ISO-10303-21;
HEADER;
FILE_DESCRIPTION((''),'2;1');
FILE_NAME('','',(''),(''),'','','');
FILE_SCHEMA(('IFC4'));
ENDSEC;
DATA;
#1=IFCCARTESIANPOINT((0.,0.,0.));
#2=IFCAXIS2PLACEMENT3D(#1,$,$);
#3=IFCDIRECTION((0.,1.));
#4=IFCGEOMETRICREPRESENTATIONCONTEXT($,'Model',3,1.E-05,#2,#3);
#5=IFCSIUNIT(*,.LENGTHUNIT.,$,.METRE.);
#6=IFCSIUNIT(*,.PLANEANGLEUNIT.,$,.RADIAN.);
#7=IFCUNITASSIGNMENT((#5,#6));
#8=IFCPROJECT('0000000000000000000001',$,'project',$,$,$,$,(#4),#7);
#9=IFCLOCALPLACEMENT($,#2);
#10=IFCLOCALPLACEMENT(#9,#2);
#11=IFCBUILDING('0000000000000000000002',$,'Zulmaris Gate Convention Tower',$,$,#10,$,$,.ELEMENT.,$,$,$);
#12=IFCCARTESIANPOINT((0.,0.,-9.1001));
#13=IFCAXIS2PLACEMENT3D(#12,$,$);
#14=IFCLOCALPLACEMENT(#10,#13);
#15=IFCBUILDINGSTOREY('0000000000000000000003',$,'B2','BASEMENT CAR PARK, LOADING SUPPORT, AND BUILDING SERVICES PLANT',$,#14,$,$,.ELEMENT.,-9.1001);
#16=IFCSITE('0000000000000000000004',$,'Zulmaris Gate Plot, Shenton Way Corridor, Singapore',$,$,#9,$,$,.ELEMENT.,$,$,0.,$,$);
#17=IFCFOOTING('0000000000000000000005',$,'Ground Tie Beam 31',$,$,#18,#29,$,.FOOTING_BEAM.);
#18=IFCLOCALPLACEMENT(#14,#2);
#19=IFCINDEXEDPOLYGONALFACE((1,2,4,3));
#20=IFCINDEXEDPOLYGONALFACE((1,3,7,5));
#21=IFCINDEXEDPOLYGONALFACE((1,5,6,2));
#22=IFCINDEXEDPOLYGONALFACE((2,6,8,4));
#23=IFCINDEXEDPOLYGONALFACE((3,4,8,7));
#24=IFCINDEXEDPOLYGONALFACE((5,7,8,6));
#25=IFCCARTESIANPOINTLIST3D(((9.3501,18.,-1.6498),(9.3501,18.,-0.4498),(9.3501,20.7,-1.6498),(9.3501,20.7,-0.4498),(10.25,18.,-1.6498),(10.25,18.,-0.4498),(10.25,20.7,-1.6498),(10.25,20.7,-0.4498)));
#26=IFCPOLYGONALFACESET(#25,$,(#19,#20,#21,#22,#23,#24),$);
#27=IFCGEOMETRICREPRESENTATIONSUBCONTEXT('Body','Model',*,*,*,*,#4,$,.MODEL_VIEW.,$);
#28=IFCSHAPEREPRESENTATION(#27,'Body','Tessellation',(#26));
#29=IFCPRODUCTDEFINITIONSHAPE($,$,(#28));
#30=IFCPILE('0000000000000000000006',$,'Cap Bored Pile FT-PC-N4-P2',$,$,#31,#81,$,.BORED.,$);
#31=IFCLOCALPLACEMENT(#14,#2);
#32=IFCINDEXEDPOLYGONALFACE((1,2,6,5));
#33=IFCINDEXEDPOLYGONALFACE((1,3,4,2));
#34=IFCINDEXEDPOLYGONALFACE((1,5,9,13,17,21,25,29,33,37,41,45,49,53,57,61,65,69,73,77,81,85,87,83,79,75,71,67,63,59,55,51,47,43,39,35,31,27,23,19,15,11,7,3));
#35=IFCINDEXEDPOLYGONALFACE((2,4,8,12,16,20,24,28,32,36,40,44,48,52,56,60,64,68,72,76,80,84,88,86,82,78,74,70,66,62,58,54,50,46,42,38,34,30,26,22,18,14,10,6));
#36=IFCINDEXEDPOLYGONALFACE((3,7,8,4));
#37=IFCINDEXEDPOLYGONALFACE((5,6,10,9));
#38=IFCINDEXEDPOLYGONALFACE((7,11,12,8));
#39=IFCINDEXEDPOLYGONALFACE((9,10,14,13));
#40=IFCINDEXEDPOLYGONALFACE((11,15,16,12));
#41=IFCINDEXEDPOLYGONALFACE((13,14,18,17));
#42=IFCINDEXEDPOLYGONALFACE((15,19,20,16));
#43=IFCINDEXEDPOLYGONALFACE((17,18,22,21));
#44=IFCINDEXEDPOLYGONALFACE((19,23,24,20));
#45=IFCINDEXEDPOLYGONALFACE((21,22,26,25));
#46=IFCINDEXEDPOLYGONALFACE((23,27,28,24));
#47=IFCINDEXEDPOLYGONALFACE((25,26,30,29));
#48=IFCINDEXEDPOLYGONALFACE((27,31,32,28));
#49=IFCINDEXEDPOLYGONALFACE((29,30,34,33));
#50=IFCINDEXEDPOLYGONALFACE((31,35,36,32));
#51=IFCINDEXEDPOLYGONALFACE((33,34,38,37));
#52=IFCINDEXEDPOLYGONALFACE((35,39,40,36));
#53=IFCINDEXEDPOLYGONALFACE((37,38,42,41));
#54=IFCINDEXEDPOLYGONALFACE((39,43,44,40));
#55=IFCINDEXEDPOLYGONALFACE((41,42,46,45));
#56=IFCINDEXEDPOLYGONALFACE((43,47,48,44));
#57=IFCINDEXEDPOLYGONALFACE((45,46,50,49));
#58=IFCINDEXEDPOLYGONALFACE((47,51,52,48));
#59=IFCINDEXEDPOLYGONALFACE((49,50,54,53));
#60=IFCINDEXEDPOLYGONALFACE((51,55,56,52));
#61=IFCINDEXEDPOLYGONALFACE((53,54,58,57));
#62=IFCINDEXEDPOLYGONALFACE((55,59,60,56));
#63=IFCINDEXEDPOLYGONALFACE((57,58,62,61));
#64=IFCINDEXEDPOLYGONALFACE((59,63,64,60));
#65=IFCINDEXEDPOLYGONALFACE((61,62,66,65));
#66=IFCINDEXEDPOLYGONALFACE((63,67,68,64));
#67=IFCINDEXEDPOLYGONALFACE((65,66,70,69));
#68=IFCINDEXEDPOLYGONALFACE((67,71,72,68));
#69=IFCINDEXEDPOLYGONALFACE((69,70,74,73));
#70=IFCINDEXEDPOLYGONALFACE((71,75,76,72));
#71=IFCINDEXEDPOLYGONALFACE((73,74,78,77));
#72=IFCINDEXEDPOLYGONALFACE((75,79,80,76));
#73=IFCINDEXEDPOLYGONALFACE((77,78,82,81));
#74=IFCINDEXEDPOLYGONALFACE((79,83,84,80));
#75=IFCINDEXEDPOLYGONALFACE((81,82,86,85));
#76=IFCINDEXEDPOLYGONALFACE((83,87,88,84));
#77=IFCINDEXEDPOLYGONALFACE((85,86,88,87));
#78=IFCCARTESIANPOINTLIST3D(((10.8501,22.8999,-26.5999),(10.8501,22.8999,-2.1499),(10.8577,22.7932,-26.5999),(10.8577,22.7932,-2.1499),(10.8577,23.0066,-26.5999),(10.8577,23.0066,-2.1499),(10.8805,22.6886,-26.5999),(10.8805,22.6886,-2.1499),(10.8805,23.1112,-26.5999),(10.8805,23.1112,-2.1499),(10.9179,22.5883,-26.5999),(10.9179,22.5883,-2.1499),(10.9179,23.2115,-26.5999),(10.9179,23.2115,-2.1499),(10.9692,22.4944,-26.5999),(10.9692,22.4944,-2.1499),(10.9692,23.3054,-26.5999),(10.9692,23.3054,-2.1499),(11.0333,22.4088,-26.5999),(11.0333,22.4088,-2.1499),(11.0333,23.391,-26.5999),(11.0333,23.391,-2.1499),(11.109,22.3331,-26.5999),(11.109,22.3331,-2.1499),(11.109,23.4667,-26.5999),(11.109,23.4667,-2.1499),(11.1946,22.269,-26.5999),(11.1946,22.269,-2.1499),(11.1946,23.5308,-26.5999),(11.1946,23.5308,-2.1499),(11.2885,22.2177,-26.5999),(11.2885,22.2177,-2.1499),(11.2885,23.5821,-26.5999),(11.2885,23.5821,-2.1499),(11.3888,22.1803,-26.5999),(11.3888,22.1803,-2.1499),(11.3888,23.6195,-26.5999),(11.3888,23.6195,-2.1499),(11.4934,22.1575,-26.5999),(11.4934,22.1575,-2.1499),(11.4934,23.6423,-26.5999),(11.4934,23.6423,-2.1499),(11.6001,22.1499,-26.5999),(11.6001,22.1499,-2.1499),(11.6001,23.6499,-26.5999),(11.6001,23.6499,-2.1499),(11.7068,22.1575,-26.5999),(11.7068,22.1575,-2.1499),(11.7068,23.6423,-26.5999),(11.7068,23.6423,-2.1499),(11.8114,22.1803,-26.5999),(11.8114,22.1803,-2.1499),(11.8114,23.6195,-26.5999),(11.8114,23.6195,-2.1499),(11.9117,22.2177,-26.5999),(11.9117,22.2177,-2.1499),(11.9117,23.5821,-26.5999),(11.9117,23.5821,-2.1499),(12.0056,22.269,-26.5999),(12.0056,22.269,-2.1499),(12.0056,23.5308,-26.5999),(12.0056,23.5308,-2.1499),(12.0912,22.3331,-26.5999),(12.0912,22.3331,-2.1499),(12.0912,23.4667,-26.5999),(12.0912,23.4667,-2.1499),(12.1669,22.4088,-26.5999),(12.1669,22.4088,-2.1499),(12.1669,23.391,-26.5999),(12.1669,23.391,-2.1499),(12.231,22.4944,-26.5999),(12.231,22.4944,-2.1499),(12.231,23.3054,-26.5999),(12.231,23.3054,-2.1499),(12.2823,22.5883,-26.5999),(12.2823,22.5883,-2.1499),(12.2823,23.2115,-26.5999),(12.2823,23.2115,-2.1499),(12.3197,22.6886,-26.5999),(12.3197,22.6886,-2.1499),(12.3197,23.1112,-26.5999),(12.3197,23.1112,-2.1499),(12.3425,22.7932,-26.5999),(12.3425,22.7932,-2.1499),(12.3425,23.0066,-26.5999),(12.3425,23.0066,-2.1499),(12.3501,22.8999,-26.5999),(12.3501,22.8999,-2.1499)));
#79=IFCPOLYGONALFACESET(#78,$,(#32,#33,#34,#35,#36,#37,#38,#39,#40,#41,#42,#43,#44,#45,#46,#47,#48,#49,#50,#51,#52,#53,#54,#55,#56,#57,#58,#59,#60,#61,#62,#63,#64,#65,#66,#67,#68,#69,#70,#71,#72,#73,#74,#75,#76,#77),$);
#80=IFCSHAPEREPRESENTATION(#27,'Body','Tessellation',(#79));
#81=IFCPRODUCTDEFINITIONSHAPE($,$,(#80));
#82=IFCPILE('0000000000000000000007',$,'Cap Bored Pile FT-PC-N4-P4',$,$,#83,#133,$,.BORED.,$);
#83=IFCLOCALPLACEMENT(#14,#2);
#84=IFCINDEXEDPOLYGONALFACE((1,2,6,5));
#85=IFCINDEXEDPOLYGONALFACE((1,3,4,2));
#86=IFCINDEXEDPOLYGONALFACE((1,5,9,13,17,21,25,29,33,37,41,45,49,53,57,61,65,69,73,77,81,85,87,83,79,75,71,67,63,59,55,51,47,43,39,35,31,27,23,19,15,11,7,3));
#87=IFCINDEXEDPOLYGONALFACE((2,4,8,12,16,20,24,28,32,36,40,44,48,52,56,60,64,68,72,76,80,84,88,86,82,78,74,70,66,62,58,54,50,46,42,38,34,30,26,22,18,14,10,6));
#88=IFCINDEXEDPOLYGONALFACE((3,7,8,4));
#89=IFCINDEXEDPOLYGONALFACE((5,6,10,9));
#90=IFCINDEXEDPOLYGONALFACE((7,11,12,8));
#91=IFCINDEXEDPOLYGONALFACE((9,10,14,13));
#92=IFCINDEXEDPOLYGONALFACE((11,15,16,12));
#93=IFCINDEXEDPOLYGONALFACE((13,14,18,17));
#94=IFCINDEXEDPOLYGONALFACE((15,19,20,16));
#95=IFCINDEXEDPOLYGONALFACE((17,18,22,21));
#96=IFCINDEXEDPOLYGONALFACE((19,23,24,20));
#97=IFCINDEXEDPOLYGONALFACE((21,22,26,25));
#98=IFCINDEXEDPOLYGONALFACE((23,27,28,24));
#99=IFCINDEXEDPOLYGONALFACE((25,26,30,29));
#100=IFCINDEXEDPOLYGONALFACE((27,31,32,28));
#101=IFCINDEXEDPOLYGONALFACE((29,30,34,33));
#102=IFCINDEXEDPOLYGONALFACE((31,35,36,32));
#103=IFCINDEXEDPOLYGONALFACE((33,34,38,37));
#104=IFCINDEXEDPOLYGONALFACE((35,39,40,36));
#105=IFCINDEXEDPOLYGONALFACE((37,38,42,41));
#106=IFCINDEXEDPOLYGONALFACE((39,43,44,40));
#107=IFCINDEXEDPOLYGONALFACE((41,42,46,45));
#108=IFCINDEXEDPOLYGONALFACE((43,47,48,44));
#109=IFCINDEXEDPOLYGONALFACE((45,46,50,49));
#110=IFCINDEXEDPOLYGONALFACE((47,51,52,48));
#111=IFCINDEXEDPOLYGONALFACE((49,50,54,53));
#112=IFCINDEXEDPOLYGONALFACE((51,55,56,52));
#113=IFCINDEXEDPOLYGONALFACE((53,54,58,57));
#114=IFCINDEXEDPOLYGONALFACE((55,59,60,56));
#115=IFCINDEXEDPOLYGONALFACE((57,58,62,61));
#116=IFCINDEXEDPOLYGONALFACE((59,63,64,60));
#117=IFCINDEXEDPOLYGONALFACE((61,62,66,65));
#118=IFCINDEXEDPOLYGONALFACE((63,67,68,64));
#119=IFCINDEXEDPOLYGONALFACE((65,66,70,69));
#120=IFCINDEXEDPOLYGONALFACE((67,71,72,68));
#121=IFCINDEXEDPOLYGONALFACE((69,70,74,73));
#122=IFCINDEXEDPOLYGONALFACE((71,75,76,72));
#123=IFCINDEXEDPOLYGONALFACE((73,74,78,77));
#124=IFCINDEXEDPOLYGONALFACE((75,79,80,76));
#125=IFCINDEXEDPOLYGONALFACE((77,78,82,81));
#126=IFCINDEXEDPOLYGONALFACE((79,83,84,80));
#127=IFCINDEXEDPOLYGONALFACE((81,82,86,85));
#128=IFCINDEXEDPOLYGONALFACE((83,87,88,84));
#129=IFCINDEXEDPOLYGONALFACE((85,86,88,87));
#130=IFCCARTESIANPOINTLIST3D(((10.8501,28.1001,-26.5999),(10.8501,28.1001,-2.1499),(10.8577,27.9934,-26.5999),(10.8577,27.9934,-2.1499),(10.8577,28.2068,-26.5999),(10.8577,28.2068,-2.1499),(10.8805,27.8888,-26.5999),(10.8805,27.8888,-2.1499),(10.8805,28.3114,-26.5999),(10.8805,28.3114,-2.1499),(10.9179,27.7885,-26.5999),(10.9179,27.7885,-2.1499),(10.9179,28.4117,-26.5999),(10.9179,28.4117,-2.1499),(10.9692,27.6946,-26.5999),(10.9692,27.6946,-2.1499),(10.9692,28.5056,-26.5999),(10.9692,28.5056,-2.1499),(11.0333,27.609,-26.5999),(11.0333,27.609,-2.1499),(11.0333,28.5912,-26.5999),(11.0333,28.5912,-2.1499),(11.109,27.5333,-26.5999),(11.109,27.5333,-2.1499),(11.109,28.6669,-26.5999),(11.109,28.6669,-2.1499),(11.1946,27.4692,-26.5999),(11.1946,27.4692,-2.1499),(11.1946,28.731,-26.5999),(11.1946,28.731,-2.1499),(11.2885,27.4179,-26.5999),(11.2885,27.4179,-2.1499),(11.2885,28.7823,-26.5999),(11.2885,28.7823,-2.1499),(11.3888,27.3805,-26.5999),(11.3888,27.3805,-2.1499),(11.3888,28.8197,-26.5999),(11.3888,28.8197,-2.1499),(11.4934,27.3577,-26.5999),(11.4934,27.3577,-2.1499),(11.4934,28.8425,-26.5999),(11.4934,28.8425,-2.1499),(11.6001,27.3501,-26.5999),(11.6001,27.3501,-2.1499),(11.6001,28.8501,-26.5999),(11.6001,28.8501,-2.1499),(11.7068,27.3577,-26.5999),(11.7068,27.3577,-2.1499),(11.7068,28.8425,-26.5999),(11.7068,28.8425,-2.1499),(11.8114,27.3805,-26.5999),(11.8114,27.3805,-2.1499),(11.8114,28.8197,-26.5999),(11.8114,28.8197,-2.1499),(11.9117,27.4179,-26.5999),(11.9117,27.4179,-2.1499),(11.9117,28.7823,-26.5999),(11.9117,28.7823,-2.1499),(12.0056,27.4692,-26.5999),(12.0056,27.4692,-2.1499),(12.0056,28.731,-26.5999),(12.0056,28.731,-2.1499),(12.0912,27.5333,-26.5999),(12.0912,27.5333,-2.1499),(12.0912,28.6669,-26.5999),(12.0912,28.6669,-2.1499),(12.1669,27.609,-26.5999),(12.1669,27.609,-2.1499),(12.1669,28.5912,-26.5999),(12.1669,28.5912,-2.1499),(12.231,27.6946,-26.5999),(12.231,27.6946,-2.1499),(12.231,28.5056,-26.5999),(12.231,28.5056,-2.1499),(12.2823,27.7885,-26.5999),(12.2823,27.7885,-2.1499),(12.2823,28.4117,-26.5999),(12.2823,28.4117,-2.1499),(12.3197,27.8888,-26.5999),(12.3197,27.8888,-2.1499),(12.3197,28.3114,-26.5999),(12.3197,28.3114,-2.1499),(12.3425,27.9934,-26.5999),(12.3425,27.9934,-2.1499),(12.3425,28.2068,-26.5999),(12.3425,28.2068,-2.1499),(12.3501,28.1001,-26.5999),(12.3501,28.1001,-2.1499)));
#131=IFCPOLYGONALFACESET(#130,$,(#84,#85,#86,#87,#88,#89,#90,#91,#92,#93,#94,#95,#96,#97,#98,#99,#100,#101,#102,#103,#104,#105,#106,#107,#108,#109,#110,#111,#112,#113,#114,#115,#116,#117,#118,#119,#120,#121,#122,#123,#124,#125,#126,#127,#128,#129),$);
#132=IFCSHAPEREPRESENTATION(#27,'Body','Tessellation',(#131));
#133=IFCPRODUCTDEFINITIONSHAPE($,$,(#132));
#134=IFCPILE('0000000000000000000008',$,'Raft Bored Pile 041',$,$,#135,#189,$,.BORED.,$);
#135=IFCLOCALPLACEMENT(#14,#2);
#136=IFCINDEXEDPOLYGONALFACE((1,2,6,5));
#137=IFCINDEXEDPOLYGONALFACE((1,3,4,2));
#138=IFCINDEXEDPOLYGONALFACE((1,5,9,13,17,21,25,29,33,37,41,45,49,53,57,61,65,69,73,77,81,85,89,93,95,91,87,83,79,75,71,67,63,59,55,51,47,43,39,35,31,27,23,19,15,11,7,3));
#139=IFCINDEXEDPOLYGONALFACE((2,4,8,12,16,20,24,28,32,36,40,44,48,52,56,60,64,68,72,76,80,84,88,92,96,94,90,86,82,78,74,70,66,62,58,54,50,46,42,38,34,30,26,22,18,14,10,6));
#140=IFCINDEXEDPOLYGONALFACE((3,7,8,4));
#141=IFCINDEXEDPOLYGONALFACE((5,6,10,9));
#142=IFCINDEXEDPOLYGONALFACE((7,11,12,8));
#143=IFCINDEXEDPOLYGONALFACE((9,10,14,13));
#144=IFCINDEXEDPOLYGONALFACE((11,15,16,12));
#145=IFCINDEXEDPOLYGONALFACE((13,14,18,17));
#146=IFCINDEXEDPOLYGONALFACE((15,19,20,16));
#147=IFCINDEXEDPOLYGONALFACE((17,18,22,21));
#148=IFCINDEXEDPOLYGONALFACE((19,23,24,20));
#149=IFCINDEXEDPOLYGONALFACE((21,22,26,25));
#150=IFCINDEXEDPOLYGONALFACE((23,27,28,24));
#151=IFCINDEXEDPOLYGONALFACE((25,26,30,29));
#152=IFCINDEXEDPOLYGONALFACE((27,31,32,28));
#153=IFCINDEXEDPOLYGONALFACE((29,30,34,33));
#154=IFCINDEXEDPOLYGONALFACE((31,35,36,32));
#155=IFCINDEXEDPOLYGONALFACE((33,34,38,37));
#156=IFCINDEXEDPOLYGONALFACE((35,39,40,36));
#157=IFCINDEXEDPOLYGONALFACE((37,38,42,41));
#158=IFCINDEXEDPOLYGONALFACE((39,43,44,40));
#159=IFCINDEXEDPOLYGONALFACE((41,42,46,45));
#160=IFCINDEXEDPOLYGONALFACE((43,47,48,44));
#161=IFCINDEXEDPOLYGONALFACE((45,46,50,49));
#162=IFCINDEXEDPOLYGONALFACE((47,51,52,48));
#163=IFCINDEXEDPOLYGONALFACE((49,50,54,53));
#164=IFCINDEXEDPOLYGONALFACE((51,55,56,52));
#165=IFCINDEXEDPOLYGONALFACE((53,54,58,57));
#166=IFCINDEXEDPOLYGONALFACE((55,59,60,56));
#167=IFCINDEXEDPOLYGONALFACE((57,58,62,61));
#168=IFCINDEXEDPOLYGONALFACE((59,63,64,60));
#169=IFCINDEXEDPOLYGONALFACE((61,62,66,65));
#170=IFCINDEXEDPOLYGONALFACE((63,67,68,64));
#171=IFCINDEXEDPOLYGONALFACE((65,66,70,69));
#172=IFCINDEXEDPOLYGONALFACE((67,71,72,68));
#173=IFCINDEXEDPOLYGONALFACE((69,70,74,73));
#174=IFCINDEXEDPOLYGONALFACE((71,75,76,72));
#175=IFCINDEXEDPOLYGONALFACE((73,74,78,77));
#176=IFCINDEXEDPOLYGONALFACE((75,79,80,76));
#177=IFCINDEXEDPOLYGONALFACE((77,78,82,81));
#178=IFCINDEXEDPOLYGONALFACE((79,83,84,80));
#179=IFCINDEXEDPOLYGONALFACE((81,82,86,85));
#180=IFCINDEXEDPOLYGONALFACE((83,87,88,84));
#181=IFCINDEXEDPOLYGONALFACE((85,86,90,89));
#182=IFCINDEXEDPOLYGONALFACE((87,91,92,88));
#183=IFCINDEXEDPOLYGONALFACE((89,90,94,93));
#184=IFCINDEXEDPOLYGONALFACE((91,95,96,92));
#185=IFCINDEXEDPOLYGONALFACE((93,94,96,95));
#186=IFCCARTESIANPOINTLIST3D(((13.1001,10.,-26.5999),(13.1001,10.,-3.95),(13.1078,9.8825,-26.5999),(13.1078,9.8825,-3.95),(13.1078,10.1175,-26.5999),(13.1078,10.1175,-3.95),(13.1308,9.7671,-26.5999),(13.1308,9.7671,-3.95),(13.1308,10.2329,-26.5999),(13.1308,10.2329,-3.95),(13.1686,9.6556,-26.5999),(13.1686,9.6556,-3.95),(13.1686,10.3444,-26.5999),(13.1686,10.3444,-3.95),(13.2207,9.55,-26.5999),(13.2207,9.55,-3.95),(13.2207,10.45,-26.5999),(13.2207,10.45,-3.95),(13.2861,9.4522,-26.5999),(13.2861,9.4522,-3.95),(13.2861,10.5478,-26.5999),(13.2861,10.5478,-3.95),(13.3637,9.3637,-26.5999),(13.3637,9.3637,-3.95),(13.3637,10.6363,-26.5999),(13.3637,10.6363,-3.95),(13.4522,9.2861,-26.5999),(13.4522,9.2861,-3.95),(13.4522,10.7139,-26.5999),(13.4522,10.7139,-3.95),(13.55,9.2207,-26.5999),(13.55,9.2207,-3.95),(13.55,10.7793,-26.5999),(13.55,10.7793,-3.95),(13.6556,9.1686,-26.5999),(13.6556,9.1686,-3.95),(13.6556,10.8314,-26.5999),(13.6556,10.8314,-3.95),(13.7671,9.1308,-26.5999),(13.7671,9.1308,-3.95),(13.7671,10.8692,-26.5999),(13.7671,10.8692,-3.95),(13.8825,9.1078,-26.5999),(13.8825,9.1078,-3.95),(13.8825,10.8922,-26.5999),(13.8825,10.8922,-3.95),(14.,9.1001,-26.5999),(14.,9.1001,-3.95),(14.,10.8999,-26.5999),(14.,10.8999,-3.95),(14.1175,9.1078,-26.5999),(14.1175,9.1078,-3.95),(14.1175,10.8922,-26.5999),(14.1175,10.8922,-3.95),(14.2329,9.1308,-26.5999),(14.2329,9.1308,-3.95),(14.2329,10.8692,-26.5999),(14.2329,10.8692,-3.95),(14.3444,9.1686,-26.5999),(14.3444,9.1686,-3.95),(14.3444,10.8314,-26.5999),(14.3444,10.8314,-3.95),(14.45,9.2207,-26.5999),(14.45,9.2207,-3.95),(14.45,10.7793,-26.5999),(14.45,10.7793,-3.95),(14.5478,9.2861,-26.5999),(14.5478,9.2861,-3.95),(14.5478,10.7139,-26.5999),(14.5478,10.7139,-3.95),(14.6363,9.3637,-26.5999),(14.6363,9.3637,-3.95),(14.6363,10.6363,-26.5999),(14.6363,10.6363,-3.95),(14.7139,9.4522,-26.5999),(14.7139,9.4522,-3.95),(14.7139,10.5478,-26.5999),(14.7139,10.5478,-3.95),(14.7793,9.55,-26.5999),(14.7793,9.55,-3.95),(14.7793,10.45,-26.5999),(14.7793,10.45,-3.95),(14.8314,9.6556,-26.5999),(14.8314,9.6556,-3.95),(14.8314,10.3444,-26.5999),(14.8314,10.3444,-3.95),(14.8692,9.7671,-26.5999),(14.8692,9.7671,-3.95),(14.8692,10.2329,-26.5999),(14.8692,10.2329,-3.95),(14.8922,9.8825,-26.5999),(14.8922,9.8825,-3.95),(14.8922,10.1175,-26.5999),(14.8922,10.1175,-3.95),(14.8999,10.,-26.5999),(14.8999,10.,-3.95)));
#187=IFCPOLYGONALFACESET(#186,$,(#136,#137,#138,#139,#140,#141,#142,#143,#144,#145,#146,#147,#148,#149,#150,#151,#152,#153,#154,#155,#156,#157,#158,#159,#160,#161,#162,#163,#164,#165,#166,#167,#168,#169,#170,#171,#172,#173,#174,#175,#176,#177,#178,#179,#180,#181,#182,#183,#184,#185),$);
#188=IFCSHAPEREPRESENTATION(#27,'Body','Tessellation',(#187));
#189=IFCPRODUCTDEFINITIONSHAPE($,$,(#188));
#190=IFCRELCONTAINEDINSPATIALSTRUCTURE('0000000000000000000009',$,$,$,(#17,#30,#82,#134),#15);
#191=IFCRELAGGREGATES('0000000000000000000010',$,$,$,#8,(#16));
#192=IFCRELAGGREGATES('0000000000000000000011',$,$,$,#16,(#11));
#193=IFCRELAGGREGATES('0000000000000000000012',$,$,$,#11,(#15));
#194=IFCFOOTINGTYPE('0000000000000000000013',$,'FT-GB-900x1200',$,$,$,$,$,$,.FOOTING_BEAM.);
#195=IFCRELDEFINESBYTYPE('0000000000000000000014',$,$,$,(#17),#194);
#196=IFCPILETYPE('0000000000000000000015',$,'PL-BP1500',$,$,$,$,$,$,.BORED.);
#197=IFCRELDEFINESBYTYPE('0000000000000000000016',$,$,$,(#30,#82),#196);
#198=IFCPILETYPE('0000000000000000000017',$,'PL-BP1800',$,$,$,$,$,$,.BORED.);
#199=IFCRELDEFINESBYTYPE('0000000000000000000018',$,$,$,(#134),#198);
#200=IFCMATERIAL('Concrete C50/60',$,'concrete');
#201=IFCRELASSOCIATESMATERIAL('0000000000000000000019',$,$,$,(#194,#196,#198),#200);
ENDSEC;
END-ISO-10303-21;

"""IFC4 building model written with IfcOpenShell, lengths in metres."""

from ifc_helpers import new_model, si_unit, direction, frame, origin, origin_2d, place, context, subcontext, project, spatial, rectangle, circle, extrude, material, material_profile, profile_set, type_object, element, save


model = new_model("IFC4")

# Units and contexts
model_context = context("Model", 3, precision=1e-05, world=origin(), true_north=direction((0.0, 1.0)))
body_context = subcontext(model_context, "Body", "Model", "MODEL_VIEW")
ifc_project = project(units=[si_unit("LENGTHUNIT", "METRE"), si_unit("PLANEANGLEUNIT", "RADIAN")], contexts=[model_context])

# Site, building, storey
site_placement = place(None, origin())
site = spatial("IfcSite", under=ifc_project, at=site_placement, Name="Zulmaris Gate Plot, Shenton Way Corridor, Singapore", CompositionType="ELEMENT", RefElevation=0.0)
building_placement = place(site_placement, origin())
building = spatial("IfcBuilding", under=site, at=building_placement, Name="Zulmaris Gate Convention Tower", CompositionType="ELEMENT")
storey_placement = place(building_placement, frame((0.0, 0.0, -9.1001)))
storey = spatial("IfcBuildingStorey", under=building, at=storey_placement, Name="B2", Description="BASEMENT CAR PARK, LOADING SUPPORT, AND BUILDING SERVICES PLANT", CompositionType="ELEMENT", Elevation=-9.1001)

# Footing
ifc_material_1 = material(Name="Concrete C50/60", Category="concrete")
ifc_material_profile_1 = material_profile(ifc_material_1, rectangle(XDim=0.8999, YDim=1.2, at=origin_2d()), Name="RC TIE 900x1200")
ifc_profile_set_1 = profile_set([ifc_material_profile_1], Name="Concrete C50/60")
footing_type = type_object("IfcFootingType", Name="FT-GB-900x1200", PredefinedType="FOOTING_BEAM", material=ifc_profile_set_1)
footing_placement = place(storey_placement, frame((9.8, 18.0, -1.0498), z_axis=(0.0, 1.0, 0.0), x_axis=(-1.0, 0.0, 0.0)))
element("IfcFooting", 1, at=footing_placement, inside=storey, type_object=footing_type, Name="Ground Tie Beam 31", PredefinedType="FOOTING_BEAM", context=body_context, shape_type="SweptSolid", body=[
    extrude(rectangle(XDim=0.8999, YDim=1.2, at=origin_2d()), origin(), (0.0, 0.0, 1.0), 2.7),
])

# Piles
ifc_material_profile_2 = material_profile(ifc_material_1, circle(Radius=0.75, at=origin_2d()), Name="BORED PILE 1500")
ifc_profile_set_2 = profile_set([ifc_material_profile_2], Name="Concrete C50/60")
pile_type_1 = type_object("IfcPileType", Name="PL-BP1500", PredefinedType="BORED", material=ifc_profile_set_2)
for number, where, z_axis, x_axis, name in (
    (2, (11.6001, 22.8999, -2.1499), (0.0, 0.0, -1.0), (1.0, 0.0, 0.0), "Cap Bored Pile FT-PC-N4-P2"),
    (3, (11.6001, 28.1001, -2.1499), (0.0, 0.0, -1.0), (1.0, 0.0, 0.0), "Cap Bored Pile FT-PC-N4-P4"),
):
    element("IfcPile", number, at=place(storey_placement, frame(where, z_axis=z_axis, x_axis=x_axis)), inside=storey, type_object=pile_type_1, Name=name, PredefinedType="BORED", context=body_context, shape_type="SweptSolid", body=[
        extrude(circle(Radius=0.75, at=origin_2d()), origin(), (0.0, 0.0, 1.0), 24.45),
    ])
ifc_material_profile_3 = material_profile(ifc_material_1, circle(Radius=0.8999, at=origin_2d()), Name="BORED PILE 1800")
ifc_profile_set_3 = profile_set([ifc_material_profile_3], Name="Concrete C50/60")
pile_type_2 = type_object("IfcPileType", Name="PL-BP1800", PredefinedType="BORED", material=ifc_profile_set_3)
for number, where, z_axis, x_axis, name in (
    (4, (14.0, 10.0, -3.95), (0.0, 0.0, -1.0), (1.0, 0.0, 0.0), "Raft Bored Pile 041"),
):
    element("IfcPile", number, at=place(storey_placement, frame(where, z_axis=z_axis, x_axis=x_axis)), inside=storey, type_object=pile_type_2, Name=name, PredefinedType="BORED", context=body_context, shape_type="SweptSolid", body=[
        extrude(circle(Radius=0.8999, at=origin_2d()), origin(), (0.0, 0.0, 1.0), 22.6499),
    ])

save(model, "model.ifc")
